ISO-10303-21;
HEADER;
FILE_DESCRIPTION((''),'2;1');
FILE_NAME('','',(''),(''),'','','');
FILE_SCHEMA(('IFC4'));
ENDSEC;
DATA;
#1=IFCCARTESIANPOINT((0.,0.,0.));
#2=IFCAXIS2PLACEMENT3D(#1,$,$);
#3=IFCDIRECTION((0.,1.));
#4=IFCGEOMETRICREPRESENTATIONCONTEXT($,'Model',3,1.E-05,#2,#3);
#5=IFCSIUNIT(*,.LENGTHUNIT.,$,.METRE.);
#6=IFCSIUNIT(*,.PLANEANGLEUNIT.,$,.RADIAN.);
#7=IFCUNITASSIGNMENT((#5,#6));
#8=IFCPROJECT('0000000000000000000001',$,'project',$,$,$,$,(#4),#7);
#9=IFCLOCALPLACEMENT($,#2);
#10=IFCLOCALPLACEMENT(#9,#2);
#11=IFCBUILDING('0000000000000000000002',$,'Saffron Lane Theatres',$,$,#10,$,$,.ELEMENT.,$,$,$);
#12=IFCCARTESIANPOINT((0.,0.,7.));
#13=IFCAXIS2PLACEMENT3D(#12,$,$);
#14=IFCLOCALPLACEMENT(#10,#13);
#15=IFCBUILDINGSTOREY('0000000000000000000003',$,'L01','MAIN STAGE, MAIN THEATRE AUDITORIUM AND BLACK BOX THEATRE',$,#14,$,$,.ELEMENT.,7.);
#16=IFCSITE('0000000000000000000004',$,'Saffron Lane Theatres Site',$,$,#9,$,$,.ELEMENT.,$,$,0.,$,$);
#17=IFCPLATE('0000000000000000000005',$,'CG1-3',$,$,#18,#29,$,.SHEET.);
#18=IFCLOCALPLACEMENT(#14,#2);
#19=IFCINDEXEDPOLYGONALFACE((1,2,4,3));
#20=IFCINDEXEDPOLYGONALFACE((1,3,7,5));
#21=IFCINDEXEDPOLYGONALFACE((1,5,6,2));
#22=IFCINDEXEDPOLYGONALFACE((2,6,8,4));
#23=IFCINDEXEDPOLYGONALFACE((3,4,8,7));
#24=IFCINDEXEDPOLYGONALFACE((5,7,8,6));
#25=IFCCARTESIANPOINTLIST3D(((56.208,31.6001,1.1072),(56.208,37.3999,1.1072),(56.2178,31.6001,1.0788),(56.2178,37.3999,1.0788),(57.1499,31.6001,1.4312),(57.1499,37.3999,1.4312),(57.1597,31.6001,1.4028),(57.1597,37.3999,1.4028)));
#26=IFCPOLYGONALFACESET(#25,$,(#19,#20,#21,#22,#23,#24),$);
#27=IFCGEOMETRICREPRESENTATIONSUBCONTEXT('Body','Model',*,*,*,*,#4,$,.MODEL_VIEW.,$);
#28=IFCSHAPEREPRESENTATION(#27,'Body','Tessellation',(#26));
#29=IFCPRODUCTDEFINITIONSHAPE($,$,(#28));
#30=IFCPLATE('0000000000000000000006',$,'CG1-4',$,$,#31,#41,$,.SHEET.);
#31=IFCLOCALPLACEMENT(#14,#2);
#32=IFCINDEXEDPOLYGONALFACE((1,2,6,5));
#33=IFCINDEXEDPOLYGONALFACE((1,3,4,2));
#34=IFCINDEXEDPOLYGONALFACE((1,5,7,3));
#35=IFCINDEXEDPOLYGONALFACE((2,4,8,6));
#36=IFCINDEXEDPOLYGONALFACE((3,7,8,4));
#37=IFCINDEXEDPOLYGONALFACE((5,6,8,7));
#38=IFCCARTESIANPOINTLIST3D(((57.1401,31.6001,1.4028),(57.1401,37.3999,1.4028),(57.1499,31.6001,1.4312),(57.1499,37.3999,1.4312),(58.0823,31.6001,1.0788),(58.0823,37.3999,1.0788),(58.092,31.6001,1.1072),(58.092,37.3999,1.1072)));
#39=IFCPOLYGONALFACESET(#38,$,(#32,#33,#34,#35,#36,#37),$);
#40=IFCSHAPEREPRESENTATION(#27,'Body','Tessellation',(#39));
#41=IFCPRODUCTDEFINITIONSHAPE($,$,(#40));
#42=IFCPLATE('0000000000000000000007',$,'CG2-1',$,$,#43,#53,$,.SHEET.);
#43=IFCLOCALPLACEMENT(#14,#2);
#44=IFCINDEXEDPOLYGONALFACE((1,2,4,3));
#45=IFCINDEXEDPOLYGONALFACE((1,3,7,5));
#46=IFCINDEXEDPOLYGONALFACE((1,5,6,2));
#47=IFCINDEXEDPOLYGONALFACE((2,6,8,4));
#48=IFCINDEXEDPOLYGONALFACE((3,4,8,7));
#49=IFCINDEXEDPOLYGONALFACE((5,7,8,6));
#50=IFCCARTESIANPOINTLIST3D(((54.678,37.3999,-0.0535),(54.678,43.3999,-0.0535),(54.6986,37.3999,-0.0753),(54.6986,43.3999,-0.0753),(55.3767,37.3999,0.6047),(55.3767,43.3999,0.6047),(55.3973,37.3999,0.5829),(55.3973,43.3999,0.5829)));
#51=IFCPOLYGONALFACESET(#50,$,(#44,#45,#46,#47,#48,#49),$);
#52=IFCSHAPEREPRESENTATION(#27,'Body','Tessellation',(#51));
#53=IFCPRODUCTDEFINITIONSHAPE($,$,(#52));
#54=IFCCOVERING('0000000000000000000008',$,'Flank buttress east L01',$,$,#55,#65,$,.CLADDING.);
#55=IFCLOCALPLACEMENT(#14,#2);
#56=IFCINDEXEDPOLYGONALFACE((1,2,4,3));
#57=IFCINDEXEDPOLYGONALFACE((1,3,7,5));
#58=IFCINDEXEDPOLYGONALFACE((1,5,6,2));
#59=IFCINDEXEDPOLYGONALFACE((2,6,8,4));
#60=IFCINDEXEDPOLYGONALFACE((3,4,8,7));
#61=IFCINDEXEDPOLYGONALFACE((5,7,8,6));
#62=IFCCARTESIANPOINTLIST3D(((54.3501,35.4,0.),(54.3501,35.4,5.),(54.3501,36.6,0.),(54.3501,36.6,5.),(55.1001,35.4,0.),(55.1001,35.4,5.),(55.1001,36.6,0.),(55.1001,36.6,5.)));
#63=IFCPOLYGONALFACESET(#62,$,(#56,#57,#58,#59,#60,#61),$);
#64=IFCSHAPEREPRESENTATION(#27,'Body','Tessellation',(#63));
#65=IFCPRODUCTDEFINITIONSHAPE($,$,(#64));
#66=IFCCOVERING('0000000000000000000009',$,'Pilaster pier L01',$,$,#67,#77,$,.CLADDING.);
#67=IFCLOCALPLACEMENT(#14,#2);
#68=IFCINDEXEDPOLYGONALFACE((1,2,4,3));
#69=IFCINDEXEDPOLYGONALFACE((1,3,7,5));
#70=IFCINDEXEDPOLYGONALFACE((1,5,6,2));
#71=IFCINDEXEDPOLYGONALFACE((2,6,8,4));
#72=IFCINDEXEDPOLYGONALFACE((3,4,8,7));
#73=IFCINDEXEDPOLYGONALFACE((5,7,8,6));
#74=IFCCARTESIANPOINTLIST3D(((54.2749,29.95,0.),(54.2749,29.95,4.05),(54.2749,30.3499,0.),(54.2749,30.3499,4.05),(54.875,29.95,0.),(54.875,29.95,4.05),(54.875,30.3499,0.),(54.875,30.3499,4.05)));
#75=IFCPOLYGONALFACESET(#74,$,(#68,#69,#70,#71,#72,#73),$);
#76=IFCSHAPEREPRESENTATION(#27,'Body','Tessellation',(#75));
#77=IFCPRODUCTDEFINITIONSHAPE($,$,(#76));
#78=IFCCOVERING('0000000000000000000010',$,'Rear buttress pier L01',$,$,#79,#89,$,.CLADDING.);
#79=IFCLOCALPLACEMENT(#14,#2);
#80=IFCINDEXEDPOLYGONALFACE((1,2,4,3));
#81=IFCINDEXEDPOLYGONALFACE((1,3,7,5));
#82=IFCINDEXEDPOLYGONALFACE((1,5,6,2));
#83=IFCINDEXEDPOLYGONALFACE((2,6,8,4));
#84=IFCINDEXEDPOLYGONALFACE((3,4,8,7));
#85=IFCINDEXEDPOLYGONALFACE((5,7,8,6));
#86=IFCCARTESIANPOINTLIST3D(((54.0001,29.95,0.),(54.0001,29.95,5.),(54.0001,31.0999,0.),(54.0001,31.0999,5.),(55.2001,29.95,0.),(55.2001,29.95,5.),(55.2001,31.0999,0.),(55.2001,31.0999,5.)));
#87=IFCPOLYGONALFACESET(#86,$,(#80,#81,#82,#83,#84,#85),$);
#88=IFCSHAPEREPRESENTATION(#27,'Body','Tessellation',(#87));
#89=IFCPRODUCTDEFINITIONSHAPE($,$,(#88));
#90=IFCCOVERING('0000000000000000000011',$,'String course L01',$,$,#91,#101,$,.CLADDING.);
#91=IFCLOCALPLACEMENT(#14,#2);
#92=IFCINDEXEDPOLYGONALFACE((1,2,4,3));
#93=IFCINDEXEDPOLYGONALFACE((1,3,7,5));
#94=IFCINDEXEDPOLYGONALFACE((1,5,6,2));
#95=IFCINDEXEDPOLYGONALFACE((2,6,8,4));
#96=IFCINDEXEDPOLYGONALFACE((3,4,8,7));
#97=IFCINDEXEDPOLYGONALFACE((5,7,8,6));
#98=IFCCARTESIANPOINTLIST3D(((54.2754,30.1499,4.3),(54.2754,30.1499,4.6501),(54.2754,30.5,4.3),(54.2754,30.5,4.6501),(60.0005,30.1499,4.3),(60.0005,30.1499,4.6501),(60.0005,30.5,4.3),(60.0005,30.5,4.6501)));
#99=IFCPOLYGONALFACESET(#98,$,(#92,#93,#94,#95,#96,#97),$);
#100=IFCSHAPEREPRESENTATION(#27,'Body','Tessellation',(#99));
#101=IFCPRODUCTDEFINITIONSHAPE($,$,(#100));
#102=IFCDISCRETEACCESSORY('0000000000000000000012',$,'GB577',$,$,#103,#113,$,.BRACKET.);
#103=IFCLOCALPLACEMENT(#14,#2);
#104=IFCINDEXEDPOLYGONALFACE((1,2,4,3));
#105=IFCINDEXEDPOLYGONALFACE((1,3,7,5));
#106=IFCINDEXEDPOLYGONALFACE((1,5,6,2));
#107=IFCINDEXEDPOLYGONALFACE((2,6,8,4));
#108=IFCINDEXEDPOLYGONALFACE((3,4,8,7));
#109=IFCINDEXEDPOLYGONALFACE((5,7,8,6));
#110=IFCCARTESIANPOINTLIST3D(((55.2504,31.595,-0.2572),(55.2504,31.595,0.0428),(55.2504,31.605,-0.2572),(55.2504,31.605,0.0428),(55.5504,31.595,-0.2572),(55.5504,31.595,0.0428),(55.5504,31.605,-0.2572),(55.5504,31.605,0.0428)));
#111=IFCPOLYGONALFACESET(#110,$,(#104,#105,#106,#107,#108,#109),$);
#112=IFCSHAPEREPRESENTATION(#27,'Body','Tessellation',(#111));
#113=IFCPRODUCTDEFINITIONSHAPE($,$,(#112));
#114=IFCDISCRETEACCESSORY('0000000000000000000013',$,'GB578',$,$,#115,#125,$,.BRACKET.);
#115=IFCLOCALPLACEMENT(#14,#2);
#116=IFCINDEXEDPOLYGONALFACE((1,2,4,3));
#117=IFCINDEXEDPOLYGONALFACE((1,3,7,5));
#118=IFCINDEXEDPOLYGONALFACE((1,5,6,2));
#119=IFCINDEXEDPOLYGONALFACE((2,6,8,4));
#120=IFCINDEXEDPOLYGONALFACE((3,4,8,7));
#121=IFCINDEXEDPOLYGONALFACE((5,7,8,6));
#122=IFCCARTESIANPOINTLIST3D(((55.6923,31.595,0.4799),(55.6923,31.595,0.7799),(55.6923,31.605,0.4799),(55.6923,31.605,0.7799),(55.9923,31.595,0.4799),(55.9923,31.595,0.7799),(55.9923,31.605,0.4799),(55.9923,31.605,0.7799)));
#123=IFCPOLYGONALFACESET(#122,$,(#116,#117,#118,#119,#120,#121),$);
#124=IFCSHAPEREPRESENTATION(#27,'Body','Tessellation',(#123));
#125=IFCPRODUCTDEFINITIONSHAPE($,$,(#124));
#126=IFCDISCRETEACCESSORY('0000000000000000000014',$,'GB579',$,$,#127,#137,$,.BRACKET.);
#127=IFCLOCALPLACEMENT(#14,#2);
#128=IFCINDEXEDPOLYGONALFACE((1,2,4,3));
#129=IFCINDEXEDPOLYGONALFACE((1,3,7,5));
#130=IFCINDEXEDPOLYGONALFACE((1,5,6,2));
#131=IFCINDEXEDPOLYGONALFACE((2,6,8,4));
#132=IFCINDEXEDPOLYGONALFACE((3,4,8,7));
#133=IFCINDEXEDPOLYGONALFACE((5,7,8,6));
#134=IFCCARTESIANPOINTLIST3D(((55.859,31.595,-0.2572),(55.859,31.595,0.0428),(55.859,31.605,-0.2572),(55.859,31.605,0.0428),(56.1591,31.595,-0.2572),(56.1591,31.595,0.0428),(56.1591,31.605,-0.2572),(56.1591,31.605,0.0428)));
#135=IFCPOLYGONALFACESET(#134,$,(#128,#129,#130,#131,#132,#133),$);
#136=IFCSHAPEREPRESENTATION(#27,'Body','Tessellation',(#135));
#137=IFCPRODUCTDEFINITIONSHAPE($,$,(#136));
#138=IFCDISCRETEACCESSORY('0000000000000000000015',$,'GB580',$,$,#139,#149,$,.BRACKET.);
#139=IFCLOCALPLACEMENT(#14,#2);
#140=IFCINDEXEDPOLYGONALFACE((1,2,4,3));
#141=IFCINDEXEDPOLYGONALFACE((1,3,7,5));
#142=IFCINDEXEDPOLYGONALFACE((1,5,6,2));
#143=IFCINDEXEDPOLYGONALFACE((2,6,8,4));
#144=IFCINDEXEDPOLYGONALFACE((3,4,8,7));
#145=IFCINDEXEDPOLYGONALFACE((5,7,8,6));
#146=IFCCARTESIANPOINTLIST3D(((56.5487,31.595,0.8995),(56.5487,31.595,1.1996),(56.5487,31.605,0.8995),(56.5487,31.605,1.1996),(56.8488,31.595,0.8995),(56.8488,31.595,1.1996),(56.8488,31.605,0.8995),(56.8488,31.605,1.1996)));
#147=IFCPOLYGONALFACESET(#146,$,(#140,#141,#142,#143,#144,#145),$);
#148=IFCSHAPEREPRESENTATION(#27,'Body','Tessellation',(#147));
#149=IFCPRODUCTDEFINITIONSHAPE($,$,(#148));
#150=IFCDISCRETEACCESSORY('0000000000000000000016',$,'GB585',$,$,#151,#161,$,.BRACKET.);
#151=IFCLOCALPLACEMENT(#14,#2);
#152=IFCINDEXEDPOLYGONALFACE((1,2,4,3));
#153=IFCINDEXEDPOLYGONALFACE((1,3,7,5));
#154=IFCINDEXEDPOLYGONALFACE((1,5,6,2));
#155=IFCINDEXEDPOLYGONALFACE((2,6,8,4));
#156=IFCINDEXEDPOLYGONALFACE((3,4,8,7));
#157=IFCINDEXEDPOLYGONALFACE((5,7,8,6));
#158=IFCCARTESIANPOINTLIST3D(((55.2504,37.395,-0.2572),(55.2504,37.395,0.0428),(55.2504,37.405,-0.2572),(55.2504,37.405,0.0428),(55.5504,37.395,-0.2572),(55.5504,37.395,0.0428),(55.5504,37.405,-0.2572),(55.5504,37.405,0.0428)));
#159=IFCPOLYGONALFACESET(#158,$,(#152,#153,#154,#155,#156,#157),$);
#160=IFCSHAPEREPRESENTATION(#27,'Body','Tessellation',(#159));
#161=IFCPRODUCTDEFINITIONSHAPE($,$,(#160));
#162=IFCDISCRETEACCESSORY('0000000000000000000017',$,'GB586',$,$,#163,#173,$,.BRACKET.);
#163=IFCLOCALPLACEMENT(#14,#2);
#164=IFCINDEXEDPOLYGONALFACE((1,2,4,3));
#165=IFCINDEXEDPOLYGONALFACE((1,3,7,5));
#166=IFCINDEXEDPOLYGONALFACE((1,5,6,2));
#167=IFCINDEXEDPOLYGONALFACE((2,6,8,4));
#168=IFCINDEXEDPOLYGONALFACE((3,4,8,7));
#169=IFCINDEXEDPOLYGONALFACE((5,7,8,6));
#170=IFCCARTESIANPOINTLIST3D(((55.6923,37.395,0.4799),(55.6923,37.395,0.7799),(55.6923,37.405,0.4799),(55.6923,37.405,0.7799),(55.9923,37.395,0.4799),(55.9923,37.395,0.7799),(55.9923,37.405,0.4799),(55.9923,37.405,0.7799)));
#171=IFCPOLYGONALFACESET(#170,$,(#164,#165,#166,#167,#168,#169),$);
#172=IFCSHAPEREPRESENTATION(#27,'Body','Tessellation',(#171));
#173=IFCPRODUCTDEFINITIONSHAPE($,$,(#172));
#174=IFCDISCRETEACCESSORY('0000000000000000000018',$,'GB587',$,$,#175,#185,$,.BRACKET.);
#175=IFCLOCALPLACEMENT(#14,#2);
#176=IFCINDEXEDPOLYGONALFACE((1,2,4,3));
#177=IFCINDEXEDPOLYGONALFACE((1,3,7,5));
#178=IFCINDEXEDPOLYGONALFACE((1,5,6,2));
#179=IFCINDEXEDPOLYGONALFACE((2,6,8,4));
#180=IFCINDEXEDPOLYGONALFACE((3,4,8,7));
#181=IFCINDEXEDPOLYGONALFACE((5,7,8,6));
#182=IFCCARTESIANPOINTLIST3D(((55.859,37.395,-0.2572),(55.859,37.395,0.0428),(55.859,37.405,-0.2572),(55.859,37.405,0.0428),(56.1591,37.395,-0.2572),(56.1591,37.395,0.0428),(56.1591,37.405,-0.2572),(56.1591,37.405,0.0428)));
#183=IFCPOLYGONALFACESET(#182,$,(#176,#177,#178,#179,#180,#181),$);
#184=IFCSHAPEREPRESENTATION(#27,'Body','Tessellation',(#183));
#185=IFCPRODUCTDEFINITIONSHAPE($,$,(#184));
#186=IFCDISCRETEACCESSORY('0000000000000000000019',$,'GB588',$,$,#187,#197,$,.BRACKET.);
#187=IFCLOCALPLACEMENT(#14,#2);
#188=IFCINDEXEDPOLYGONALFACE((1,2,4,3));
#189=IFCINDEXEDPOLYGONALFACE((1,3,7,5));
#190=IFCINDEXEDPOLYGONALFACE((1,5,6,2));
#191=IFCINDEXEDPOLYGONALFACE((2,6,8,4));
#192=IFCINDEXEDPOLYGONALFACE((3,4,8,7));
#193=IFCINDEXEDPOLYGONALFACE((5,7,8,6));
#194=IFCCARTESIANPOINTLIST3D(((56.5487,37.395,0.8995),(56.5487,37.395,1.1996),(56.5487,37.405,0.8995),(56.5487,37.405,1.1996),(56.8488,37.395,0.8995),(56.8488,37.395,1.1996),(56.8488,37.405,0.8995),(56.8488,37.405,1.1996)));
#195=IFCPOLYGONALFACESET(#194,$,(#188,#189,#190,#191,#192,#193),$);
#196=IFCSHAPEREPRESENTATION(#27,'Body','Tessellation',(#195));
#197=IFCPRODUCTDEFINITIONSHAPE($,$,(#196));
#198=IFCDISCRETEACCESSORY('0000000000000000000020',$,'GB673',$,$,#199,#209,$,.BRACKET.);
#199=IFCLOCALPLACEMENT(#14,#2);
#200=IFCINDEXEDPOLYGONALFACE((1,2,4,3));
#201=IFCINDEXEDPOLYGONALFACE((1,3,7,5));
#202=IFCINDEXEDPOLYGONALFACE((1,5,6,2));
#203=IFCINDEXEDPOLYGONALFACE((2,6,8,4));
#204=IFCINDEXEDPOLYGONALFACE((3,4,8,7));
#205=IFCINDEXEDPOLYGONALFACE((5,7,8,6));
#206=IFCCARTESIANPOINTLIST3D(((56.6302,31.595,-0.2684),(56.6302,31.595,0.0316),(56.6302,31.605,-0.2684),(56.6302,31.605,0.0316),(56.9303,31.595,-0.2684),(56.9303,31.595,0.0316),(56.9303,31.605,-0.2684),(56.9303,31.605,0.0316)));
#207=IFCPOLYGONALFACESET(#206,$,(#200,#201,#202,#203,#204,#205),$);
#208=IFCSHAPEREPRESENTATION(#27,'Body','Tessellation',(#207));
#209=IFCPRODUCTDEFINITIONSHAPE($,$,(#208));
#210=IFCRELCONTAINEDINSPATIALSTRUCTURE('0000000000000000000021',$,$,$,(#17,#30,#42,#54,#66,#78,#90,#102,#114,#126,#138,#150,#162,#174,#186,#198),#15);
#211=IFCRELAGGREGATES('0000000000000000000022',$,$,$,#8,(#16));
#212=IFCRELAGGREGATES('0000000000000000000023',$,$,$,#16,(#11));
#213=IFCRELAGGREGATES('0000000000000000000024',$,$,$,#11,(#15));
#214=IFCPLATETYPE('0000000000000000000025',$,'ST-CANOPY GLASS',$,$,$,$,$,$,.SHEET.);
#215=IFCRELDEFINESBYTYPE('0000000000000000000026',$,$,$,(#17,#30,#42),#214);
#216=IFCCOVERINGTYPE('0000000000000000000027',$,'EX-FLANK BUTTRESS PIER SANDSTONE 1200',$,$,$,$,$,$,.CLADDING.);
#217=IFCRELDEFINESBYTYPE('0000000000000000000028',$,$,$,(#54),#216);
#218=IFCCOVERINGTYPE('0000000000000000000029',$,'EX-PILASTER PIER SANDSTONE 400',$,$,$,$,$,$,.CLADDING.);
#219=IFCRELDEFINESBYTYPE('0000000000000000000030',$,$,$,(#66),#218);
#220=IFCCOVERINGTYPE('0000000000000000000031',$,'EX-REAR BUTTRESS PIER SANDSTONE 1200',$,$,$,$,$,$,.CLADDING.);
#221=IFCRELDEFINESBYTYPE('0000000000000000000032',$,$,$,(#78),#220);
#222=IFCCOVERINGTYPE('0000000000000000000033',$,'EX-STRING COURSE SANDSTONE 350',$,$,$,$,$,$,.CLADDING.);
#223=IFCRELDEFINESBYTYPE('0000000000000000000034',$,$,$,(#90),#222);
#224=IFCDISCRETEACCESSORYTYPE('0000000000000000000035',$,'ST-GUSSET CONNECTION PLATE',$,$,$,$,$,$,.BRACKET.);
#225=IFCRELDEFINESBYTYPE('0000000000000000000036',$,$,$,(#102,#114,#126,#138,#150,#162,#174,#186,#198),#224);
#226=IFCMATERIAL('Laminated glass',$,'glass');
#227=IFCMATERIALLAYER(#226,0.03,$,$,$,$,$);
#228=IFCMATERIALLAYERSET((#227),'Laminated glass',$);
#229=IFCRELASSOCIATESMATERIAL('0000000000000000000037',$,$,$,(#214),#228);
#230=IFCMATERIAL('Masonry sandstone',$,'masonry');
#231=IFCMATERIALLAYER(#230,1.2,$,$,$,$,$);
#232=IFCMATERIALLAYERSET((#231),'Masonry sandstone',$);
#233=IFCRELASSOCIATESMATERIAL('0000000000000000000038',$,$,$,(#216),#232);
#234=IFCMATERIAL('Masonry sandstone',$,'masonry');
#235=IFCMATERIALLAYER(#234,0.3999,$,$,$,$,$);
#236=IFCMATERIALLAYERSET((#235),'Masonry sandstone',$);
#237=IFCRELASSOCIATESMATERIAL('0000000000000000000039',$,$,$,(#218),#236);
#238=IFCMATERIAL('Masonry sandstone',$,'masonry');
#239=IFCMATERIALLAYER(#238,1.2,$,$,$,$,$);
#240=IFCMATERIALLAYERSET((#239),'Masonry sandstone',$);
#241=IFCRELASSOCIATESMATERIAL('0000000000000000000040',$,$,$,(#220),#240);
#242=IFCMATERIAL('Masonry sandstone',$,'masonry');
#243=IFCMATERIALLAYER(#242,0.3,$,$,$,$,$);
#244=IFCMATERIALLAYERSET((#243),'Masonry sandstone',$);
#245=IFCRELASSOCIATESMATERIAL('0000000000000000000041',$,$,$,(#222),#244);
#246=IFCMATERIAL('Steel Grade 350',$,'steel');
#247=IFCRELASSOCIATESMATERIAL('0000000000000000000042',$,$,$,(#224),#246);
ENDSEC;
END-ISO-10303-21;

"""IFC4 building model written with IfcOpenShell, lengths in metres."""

from ifc_helpers import new_model, si_unit, direction, frame, origin, origin_2d, place, context, subcontext, project, spatial, polyline, rectangle, outline, extrude, material, layer, layer_set, material_profile, profile_set, type_object, element, save


model = new_model("IFC4")

# Units and contexts
model_context = context("Model", 3, precision=1e-05, world=origin(), true_north=direction((0.0, 1.0)))
body_context = subcontext(model_context, "Body", "Model", "MODEL_VIEW")
ifc_project = project(units=[si_unit("LENGTHUNIT", "METRE"), si_unit("PLANEANGLEUNIT", "RADIAN")], contexts=[model_context])

# Site, building, storey
site_placement = place(None, origin())
site = spatial("IfcSite", under=ifc_project, at=site_placement, Name="Saffron Lane Theatres Site", CompositionType="ELEMENT", RefElevation=0.0)
building_placement = place(site_placement, origin())
building = spatial("IfcBuilding", under=site, at=building_placement, Name="Saffron Lane Theatres", CompositionType="ELEMENT")
storey_placement = place(building_placement, frame((0.0, 0.0, 7.0)))
storey = spatial("IfcBuildingStorey", under=building, at=storey_placement, Name="L01", Description="MAIN STAGE, MAIN THEATRE AUDITORIUM AND BLACK BOX THEATRE", CompositionType="ELEMENT", Elevation=7.0)

# Plates
ifc_material_1 = material(Name="Laminated glass", Category="glass")
ifc_layer_1 = layer(ifc_material_1, 0.03)
ifc_layer_set_1 = layer_set([ifc_layer_1], Name="Laminated glass")
plate_type_1 = type_object("IfcPlateType", Name="ST-CANOPY GLASS", PredefinedType="SHEET", material=ifc_layer_set_1)
plate_1_placement = place(storey_placement, frame((56.208, 31.6001, 1.1072), z_axis=(-0.325258, 0.0, 0.945625), x_axis=(0.945625, 0.0, 0.325258)))
element("IfcPlate", 1, at=plate_1_placement, inside=storey, type_object=plate_type_1, Name="CG1-3", PredefinedType="SHEET", context=body_context, shape_type="SweptSolid", body=[
    extrude(outline(polyline([(0.0, 0.0), (0.9961, 0.0), (0.9961, 5.7998), (0.0, 5.7998), (0.0, 0.0)])), origin(), (0.0, 0.0, -1.0), 0.03),
])
plate_2_placement = place(storey_placement, frame((57.1499, 31.6001, 1.4312), z_axis=(0.325182, 0.0, 0.945651), x_axis=(0.945651, 0.0, -0.325182)))
element("IfcPlate", 2, at=plate_2_placement, inside=storey, type_object=plate_type_1, Name="CG1-4", PredefinedType="SHEET", context=body_context, shape_type="SweptSolid", body=[
    extrude(outline(polyline([(0.0, 0.0), (0.9963, 0.0), (0.9963, 5.7998), (0.0, 5.7998), (0.0, 0.0)])), origin(), (0.0, 0.0, -1.0), 0.03),
])
plate_3_placement = place(storey_placement, frame((54.678, 37.3999, -0.0535), z_axis=(-0.685682, 0.0, 0.727901), x_axis=(0.727901, 0.0, 0.685682)))
element("IfcPlate", 3, at=plate_3_placement, inside=storey, type_object=plate_type_1, Name="CG2-1", PredefinedType="SHEET", context=body_context, shape_type="SweptSolid", body=[
    extrude(outline(polyline([(0.0, 0.0), (0.9599, 0.0), (0.9599, 6.0), (0.0, 6.0), (0.0, 0.0)])), origin(), (0.0, 0.0, -1.0), 0.03),
])

# Coverings
ifc_material_2 = material(Name="Masonry sandstone", Category="masonry")
ifc_layer_2 = layer(ifc_material_2, 1.2)
ifc_layer_set_2 = layer_set([ifc_layer_2], Name="Masonry sandstone")
covering_type_1 = type_object("IfcCoveringType", Name="EX-FLANK BUTTRESS PIER SANDSTONE 1200", PredefinedType="CLADDING", material=ifc_layer_set_2)
covering_1_placement = place(storey_placement, frame((54.7251, 36.0, 0.0), z_axis=(0.0, 0.0, 1.0), x_axis=(0.0, 1.0, 0.0)))
element("IfcCovering", 4, at=covering_1_placement, inside=storey, type_object=covering_type_1, Name="Flank buttress east L01", PredefinedType="CLADDING", context=body_context, shape_type="SweptSolid", body=[
    extrude(rectangle(XDim=1.2, YDim=0.75, at=origin_2d()), origin(), (0.0, 0.0, 1.0), 5.0),
])
ifc_material_3 = material(Name="Masonry sandstone", Category="masonry")
ifc_layer_3 = layer(ifc_material_3, 0.3999)
ifc_layer_set_3 = layer_set([ifc_layer_3], Name="Masonry sandstone")
covering_type_2 = type_object("IfcCoveringType", Name="EX-PILASTER PIER SANDSTONE 400", PredefinedType="CLADDING", material=ifc_layer_set_3)
covering_2_placement = place(storey_placement, frame((54.575, 30.1499, 0.0), z_axis=(0.0, 0.0, 1.0), x_axis=(1.0, 0.0, 0.0)))
element("IfcCovering", 5, at=covering_2_placement, inside=storey, type_object=covering_type_2, Name="Pilaster pier L01", PredefinedType="CLADDING", context=body_context, shape_type="SweptSolid", body=[
    extrude(rectangle(XDim=0.6001, YDim=0.3999, at=origin_2d()), origin(), (0.0, 0.0, 1.0), 4.05),
])
ifc_material_4 = material(Name="Masonry sandstone", Category="masonry")
ifc_layer_4 = layer(ifc_material_4, 1.2)
ifc_layer_set_4 = layer_set([ifc_layer_4], Name="Masonry sandstone")
covering_type_3 = type_object("IfcCoveringType", Name="EX-REAR BUTTRESS PIER SANDSTONE 1200", PredefinedType="CLADDING", material=ifc_layer_set_4)
covering_3_placement = place(storey_placement, frame((54.6001, 30.5249, 0.0), z_axis=(0.0, 0.0, 1.0), x_axis=(1.0, 0.0, 0.0)))
element("IfcCovering", 6, at=covering_3_placement, inside=storey, type_object=covering_type_3, Name="Rear buttress pier L01", PredefinedType="CLADDING", context=body_context, shape_type="SweptSolid", body=[
    extrude(rectangle(XDim=1.2, YDim=1.1499, at=origin_2d()), origin(), (0.0, 0.0, 1.0), 5.0),
])
ifc_material_5 = material(Name="Masonry sandstone", Category="masonry")
ifc_layer_5 = layer(ifc_material_5, 0.3)
ifc_layer_set_5 = layer_set([ifc_layer_5], Name="Masonry sandstone")
covering_type_4 = type_object("IfcCoveringType", Name="EX-STRING COURSE SANDSTONE 350", PredefinedType="CLADDING", material=ifc_layer_set_5)
covering_4_placement = place(storey_placement, frame((57.1379, 30.325, 4.3), z_axis=(0.0, 0.0, 1.0), x_axis=(1.0, 0.0, 0.0)))
element("IfcCovering", 7, at=covering_4_placement, inside=storey, type_object=covering_type_4, Name="String course L01", PredefinedType="CLADDING", context=body_context, shape_type="SweptSolid", body=[
    extrude(rectangle(XDim=5.7251, YDim=0.3501, at=origin_2d()), origin(), (0.0, 0.0, 1.0), 0.3501),
])

# Discrete accessories
ifc_material_6 = material(Name="Steel Grade 350", Category="steel")
ifc_material_profile_1 = material_profile(ifc_material_6, rectangle(XDim=0.3, YDim=0.3, at=origin_2d()))
ifc_profile_set_1 = profile_set([ifc_material_profile_1], Name="Steel Grade 350")
discrete_accessory_type = type_object("IfcDiscreteAccessoryType", Name="ST-GUSSET CONNECTION PLATE", PredefinedType="BRACKET", material=ifc_profile_set_1)
for number, where, z_axis, x_axis, name in (
    (8, (55.4004, 31.595, -0.1072), (0.0, 1.0, 0.0), (-1.0, 0.0, 0.0), "GB577"),
    (9, (55.8423, 31.595, 0.6299), (0.0, 1.0, 0.0), (-1.0, 0.0, 0.0), "GB578"),
    (10, (56.009, 31.595, -0.1072), (0.0, 1.0, 0.0), (-1.0, 0.0, 0.0), "GB579"),
    (11, (56.6987, 31.595, 1.0496), (0.0, 1.0, 0.0), (-1.0, 0.0, 0.0), "GB580"),
    (12, (55.4004, 37.395, -0.1072), (0.0, 1.0, 0.0), (-1.0, 0.0, 0.0), "GB585"),
    (13, (55.8423, 37.395, 0.6299), (0.0, 1.0, 0.0), (-1.0, 0.0, 0.0), "GB586"),
    (14, (56.009, 37.395, -0.1072), (0.0, 1.0, 0.0), (-1.0, 0.0, 0.0), "GB587"),
    (15, (56.6987, 37.395, 1.0496), (0.0, 1.0, 0.0), (-1.0, 0.0, 0.0), "GB588"),
    (16, (56.7803, 31.595, -0.1184), (0.0, 1.0, 0.0), (-1.0, 0.0, 0.0), "GB673"),
):
    element("IfcDiscreteAccessory", number, at=place(storey_placement, frame(where, z_axis=z_axis, x_axis=x_axis)), inside=storey, type_object=discrete_accessory_type, Name=name, PredefinedType="BRACKET", context=body_context, shape_type="SweptSolid", body=[
        extrude(rectangle(XDim=0.3, YDim=0.3, at=origin_2d()), origin(), (0.0, 0.0, 1.0), 0.01),
    ])

save(model, "model.ifc")
